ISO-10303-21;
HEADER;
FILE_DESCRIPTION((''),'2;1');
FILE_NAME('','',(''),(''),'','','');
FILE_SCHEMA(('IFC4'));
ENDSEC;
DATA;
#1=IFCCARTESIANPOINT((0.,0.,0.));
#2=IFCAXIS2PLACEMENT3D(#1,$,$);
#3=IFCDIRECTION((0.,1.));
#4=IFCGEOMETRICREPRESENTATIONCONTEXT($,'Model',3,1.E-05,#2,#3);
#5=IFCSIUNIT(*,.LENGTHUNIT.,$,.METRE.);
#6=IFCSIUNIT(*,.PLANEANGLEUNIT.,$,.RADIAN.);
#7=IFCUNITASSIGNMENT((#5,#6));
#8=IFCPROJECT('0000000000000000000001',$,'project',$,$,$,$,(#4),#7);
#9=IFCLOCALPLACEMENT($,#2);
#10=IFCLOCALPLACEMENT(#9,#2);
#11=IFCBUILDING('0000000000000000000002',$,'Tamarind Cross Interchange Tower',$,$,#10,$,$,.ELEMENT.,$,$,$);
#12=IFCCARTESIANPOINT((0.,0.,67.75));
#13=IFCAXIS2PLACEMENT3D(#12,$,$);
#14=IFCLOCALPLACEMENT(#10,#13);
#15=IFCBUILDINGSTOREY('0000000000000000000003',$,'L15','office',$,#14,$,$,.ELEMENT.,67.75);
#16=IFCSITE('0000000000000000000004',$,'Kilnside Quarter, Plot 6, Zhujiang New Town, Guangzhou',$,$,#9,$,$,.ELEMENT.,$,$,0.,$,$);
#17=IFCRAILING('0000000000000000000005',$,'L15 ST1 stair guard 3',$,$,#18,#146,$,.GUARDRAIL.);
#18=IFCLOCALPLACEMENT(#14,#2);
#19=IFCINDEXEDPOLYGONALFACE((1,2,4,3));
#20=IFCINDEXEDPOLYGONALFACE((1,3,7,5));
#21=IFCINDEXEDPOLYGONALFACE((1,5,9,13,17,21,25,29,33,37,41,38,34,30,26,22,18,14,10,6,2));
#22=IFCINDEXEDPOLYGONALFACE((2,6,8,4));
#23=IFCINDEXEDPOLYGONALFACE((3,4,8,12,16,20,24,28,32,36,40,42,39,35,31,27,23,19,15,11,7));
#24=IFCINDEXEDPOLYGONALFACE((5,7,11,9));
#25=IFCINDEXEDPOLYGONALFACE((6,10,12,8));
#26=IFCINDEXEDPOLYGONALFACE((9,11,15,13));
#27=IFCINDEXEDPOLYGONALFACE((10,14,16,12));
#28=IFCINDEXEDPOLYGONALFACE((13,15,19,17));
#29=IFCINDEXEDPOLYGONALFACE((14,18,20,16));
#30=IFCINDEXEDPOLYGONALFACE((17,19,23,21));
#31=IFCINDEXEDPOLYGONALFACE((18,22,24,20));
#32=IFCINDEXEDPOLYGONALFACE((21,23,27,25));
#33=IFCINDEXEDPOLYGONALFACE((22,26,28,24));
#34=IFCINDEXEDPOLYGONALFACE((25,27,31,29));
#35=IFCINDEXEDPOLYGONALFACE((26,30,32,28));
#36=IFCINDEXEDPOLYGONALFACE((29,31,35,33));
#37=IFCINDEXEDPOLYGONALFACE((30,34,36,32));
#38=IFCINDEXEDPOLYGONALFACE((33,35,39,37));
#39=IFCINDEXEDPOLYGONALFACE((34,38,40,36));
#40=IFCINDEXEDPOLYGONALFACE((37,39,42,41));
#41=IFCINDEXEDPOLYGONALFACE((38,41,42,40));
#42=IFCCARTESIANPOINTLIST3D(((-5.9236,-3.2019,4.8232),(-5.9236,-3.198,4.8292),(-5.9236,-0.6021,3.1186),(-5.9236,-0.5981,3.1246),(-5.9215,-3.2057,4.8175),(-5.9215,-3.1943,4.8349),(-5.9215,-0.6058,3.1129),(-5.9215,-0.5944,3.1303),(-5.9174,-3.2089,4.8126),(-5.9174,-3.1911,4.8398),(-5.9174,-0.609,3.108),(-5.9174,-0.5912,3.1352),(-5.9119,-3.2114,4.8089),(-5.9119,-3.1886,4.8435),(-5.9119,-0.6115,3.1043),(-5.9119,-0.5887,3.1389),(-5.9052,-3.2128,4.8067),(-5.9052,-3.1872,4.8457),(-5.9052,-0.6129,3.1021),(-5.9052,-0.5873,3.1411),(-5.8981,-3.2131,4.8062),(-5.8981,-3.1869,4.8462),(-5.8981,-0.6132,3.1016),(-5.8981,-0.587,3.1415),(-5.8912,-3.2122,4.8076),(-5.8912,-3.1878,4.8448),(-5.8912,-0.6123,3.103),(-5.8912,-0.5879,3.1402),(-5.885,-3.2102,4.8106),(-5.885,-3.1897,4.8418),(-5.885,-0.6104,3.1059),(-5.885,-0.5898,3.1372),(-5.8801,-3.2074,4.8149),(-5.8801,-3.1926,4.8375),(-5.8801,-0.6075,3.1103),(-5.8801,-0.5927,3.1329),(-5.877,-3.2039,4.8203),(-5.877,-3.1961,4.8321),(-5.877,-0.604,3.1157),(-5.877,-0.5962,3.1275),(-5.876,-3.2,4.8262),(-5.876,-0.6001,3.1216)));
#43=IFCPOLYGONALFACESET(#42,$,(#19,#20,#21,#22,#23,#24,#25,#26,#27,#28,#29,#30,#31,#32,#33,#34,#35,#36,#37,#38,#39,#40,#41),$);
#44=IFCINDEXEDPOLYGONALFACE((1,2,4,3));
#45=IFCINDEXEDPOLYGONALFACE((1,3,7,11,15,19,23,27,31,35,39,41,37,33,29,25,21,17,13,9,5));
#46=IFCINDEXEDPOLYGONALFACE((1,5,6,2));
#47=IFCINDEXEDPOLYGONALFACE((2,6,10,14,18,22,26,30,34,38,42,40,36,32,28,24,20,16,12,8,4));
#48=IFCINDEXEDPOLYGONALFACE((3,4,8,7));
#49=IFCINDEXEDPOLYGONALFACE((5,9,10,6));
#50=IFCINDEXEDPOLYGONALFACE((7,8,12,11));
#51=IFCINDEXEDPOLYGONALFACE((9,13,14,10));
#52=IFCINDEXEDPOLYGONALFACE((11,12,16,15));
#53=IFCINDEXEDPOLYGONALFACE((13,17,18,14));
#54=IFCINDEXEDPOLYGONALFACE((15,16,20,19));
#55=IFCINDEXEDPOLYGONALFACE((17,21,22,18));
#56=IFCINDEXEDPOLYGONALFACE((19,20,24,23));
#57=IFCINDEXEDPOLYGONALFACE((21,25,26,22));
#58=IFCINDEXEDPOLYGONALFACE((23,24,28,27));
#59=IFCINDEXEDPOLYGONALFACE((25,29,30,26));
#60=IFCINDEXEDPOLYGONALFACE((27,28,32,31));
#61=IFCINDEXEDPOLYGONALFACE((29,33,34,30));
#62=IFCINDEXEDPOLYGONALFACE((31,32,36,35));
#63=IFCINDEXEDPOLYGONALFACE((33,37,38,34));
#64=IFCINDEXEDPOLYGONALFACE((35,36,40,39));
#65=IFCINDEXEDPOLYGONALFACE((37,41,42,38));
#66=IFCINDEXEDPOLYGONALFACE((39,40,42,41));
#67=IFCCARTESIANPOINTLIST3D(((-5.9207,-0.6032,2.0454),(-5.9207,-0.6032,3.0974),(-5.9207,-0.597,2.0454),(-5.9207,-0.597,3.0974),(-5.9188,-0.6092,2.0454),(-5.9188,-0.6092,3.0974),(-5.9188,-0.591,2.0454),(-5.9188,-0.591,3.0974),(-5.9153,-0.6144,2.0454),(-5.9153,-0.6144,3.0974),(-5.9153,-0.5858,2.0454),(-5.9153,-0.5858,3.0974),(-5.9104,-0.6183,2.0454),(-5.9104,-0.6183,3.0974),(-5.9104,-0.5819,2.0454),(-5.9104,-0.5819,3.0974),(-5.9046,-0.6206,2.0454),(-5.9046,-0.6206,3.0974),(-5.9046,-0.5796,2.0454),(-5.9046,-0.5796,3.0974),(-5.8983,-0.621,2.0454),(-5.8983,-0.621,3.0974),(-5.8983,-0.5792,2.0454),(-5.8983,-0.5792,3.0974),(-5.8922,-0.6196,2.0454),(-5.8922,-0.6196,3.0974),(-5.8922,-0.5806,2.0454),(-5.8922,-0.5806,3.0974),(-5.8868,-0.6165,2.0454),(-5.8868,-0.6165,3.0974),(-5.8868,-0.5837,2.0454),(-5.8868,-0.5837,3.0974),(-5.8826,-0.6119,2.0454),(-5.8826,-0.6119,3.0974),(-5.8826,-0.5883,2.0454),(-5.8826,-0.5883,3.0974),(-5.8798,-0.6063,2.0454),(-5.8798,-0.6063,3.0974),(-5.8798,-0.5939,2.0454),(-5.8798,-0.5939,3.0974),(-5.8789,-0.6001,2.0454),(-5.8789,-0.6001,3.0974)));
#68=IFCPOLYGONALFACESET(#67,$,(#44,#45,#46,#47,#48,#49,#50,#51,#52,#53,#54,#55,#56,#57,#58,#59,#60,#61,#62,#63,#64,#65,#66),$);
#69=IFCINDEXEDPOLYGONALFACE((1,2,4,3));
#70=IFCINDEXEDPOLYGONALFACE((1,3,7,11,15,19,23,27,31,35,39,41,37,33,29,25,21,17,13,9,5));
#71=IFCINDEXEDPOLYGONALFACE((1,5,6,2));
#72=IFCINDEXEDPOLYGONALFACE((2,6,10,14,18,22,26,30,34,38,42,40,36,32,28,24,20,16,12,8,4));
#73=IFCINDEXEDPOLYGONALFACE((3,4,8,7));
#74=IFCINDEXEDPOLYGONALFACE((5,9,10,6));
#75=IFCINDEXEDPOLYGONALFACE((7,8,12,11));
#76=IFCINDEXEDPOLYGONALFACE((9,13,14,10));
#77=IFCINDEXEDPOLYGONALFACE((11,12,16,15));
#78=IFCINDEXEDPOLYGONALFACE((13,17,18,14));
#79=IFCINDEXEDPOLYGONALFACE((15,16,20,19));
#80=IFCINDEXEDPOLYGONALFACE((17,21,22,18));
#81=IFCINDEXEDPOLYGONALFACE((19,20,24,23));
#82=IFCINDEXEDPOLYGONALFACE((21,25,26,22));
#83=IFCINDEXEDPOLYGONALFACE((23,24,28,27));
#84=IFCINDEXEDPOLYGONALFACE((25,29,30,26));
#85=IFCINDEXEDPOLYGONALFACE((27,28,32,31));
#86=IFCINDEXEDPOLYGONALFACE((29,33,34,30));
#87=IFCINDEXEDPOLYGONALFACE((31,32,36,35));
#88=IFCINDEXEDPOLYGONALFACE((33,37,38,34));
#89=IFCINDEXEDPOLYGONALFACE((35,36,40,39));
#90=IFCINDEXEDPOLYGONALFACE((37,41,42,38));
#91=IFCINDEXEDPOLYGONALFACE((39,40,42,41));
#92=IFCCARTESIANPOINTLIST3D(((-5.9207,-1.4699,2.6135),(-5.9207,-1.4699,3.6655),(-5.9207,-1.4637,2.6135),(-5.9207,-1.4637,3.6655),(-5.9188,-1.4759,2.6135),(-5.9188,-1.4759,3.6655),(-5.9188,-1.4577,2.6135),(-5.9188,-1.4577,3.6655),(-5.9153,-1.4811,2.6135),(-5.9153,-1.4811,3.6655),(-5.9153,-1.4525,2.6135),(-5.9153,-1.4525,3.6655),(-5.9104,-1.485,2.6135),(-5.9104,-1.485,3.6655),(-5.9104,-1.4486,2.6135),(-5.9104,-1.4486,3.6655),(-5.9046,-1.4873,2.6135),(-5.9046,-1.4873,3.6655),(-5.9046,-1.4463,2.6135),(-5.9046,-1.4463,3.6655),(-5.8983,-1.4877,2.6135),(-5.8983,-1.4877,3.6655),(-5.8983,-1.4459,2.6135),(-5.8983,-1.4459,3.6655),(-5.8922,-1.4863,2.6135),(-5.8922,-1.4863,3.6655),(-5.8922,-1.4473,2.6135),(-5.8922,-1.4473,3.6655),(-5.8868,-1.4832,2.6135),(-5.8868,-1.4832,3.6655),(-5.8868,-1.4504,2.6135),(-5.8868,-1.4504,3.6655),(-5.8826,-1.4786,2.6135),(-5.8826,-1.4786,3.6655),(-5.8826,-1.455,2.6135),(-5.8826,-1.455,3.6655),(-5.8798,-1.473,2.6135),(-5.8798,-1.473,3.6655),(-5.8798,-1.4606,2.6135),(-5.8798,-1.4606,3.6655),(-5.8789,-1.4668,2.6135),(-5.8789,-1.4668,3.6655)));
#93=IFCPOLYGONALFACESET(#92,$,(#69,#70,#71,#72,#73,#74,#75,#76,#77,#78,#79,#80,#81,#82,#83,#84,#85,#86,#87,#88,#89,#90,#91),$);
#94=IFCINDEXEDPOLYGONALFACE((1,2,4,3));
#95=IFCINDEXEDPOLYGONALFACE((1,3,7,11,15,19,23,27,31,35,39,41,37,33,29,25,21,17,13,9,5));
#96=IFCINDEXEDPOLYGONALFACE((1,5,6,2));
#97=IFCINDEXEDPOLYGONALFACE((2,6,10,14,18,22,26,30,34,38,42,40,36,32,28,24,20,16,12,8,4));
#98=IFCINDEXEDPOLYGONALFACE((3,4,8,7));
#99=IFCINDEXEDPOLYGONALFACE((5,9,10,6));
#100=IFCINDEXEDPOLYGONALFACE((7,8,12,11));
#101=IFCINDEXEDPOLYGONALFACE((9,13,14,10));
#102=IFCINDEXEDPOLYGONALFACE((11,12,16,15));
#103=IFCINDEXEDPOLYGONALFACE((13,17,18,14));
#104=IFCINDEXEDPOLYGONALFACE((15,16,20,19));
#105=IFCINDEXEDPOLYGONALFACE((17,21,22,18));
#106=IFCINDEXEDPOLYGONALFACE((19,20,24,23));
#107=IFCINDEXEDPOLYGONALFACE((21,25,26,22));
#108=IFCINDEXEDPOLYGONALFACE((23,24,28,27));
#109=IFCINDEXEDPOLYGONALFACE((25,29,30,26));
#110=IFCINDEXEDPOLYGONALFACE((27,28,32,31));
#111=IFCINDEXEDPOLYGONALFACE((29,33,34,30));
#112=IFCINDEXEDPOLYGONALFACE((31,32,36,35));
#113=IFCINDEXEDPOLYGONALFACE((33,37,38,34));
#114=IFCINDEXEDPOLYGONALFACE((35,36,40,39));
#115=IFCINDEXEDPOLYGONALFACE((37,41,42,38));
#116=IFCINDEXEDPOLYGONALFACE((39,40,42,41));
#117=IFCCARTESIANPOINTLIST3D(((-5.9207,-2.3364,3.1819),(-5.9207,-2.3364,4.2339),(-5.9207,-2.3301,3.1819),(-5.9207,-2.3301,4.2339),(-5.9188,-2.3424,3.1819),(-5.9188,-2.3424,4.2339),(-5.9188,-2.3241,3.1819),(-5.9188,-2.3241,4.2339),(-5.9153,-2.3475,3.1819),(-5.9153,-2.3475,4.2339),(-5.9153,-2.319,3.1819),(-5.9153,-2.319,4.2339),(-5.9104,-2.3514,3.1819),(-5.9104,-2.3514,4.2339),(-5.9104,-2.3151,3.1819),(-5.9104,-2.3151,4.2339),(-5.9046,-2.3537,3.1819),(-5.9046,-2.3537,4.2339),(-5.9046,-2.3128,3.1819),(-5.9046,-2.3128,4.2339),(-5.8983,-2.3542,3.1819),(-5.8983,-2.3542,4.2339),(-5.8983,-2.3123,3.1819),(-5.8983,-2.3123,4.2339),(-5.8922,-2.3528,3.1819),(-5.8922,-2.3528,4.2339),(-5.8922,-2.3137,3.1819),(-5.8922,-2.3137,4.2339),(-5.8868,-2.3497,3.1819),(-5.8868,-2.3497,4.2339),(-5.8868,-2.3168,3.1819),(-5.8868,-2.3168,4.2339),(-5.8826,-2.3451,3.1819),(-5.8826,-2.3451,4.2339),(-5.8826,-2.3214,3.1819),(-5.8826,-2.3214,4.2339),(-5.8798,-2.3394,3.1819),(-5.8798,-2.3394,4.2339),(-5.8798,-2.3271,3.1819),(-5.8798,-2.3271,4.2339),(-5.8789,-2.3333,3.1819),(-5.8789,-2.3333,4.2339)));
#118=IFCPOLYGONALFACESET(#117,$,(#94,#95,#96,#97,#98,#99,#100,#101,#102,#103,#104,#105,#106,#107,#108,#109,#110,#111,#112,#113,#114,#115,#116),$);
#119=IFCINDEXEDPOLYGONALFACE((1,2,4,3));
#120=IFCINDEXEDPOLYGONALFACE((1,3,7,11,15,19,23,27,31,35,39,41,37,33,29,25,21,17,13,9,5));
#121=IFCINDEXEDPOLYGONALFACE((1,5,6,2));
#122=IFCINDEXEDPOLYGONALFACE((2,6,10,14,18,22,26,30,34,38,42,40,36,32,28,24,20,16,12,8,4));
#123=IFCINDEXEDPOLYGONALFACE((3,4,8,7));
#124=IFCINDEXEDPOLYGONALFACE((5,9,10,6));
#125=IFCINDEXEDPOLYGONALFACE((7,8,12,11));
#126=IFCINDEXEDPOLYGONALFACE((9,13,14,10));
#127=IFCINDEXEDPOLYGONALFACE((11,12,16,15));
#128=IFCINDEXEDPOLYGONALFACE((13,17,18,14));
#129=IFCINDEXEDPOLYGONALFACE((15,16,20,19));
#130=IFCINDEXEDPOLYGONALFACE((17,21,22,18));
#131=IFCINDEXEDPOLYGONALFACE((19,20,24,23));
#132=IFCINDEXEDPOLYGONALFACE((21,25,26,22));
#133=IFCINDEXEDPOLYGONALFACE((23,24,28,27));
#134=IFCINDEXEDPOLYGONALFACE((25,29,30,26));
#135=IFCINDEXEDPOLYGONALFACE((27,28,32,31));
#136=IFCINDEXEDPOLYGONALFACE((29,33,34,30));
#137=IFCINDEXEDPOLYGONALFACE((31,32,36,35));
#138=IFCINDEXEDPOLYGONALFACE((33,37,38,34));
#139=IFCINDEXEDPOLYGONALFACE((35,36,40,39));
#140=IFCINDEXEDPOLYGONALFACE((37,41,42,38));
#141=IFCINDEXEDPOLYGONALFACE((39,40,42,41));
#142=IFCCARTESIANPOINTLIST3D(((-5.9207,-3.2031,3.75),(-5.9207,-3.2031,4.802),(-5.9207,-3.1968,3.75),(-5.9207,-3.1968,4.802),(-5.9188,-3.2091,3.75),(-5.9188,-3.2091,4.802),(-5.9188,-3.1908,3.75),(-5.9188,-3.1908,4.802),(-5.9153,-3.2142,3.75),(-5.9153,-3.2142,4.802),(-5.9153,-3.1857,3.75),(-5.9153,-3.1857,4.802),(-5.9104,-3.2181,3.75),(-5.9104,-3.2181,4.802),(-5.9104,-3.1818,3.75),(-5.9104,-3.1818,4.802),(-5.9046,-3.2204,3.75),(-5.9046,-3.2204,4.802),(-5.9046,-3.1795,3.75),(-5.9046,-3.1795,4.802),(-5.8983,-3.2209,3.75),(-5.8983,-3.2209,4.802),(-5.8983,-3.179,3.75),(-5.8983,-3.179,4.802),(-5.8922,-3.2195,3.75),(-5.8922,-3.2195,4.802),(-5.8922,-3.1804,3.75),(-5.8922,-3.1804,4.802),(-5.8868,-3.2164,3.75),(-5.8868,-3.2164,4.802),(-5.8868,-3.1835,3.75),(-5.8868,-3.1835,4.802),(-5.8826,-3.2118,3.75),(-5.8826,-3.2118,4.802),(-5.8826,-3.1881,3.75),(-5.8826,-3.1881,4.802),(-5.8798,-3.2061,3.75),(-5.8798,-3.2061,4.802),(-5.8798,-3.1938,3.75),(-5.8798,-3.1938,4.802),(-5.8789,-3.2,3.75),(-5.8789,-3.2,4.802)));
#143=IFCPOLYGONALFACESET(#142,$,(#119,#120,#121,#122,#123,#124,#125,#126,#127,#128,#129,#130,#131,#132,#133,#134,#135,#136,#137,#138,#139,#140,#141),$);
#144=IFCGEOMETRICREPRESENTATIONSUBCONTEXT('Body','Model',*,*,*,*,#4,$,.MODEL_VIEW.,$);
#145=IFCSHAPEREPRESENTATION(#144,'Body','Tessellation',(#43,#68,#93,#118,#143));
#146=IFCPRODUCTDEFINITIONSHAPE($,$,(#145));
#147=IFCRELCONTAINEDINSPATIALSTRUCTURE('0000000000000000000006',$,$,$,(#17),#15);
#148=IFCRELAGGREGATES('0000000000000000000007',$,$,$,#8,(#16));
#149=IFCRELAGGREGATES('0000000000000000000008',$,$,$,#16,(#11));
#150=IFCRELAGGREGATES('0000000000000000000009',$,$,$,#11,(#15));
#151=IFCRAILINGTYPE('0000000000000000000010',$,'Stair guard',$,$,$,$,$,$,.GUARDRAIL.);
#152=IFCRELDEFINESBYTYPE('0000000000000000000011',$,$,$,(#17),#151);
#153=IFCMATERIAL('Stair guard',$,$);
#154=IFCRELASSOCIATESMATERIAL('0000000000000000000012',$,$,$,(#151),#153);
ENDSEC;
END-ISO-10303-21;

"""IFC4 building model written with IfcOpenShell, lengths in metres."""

from ifc_helpers import new_model, si_unit, direction, frame, origin, origin_2d, place, context, subcontext, project, spatial, circle, extrude, material, type_object, element, save


model = new_model("IFC4")

# Units and contexts
model_context = context("Model", 3, precision=1e-05, world=origin(), true_north=direction((0.0, 1.0)))
body_context = subcontext(model_context, "Body", "Model", "MODEL_VIEW")
ifc_project = project(units=[si_unit("LENGTHUNIT", "METRE"), si_unit("PLANEANGLEUNIT", "RADIAN")], contexts=[model_context])

# Site, building, storey
site_placement = place(None, origin())
site = spatial("IfcSite", under=ifc_project, at=site_placement, Name="Kilnside Quarter, Plot 6, Zhujiang New Town, Guangzhou", CompositionType="ELEMENT", RefElevation=0.0)
building_placement = place(site_placement, origin())
building = spatial("IfcBuilding", under=site, at=building_placement, Name="Tamarind Cross Interchange Tower", CompositionType="ELEMENT")
storey_placement = place(building_placement, frame((0.0, 0.0, 67.75)))
storey = spatial("IfcBuildingStorey", under=building, at=storey_placement, Name="L15", Description="office", CompositionType="ELEMENT", Elevation=67.75)

# Railing
ifc_material_1 = material(Name="Stair guard")
railing_type_1 = type_object("IfcRailingType", Name="Stair guard", PredefinedType="GUARDRAIL", material=ifc_material_1)
railing_1_placement = place(storey_placement, frame((-5.8999, -0.6001, 2.0454)))
element("IfcRailing", 1, at=railing_1_placement, inside=storey, type_object=railing_type_1, Name="L15 ST1 stair guard 3", PredefinedType="GUARDRAIL", context=body_context, shape_type="SweptSolid", body=[
    extrude(circle(Radius=0.0239, at=origin_2d()), frame((0.0, 0.0, 1.0762), z_axis=(0.0, -0.836279, 0.548305), x_axis=(1.0, 0.0, 0.0)), (0.0, 0.0, 1.0), 3.1089),
    extrude(circle(Radius=0.021, at=origin_2d()), origin(), (0.0, 0.0, 1.0), 1.052),
    extrude(circle(Radius=0.021, at=origin_2d()), frame((0.0, -0.8667, 0.5681)), (0.0, 0.0, 1.0), 1.052),
    extrude(circle(Radius=0.021, at=origin_2d()), frame((0.0, -1.7332, 1.1365)), (0.0, 0.0, 1.0), 1.052),
    extrude(circle(Radius=0.021, at=origin_2d()), frame((0.0, -2.5999, 1.7046)), (0.0, 0.0, 1.0), 1.052),
])

save(model, "model.ifc")
